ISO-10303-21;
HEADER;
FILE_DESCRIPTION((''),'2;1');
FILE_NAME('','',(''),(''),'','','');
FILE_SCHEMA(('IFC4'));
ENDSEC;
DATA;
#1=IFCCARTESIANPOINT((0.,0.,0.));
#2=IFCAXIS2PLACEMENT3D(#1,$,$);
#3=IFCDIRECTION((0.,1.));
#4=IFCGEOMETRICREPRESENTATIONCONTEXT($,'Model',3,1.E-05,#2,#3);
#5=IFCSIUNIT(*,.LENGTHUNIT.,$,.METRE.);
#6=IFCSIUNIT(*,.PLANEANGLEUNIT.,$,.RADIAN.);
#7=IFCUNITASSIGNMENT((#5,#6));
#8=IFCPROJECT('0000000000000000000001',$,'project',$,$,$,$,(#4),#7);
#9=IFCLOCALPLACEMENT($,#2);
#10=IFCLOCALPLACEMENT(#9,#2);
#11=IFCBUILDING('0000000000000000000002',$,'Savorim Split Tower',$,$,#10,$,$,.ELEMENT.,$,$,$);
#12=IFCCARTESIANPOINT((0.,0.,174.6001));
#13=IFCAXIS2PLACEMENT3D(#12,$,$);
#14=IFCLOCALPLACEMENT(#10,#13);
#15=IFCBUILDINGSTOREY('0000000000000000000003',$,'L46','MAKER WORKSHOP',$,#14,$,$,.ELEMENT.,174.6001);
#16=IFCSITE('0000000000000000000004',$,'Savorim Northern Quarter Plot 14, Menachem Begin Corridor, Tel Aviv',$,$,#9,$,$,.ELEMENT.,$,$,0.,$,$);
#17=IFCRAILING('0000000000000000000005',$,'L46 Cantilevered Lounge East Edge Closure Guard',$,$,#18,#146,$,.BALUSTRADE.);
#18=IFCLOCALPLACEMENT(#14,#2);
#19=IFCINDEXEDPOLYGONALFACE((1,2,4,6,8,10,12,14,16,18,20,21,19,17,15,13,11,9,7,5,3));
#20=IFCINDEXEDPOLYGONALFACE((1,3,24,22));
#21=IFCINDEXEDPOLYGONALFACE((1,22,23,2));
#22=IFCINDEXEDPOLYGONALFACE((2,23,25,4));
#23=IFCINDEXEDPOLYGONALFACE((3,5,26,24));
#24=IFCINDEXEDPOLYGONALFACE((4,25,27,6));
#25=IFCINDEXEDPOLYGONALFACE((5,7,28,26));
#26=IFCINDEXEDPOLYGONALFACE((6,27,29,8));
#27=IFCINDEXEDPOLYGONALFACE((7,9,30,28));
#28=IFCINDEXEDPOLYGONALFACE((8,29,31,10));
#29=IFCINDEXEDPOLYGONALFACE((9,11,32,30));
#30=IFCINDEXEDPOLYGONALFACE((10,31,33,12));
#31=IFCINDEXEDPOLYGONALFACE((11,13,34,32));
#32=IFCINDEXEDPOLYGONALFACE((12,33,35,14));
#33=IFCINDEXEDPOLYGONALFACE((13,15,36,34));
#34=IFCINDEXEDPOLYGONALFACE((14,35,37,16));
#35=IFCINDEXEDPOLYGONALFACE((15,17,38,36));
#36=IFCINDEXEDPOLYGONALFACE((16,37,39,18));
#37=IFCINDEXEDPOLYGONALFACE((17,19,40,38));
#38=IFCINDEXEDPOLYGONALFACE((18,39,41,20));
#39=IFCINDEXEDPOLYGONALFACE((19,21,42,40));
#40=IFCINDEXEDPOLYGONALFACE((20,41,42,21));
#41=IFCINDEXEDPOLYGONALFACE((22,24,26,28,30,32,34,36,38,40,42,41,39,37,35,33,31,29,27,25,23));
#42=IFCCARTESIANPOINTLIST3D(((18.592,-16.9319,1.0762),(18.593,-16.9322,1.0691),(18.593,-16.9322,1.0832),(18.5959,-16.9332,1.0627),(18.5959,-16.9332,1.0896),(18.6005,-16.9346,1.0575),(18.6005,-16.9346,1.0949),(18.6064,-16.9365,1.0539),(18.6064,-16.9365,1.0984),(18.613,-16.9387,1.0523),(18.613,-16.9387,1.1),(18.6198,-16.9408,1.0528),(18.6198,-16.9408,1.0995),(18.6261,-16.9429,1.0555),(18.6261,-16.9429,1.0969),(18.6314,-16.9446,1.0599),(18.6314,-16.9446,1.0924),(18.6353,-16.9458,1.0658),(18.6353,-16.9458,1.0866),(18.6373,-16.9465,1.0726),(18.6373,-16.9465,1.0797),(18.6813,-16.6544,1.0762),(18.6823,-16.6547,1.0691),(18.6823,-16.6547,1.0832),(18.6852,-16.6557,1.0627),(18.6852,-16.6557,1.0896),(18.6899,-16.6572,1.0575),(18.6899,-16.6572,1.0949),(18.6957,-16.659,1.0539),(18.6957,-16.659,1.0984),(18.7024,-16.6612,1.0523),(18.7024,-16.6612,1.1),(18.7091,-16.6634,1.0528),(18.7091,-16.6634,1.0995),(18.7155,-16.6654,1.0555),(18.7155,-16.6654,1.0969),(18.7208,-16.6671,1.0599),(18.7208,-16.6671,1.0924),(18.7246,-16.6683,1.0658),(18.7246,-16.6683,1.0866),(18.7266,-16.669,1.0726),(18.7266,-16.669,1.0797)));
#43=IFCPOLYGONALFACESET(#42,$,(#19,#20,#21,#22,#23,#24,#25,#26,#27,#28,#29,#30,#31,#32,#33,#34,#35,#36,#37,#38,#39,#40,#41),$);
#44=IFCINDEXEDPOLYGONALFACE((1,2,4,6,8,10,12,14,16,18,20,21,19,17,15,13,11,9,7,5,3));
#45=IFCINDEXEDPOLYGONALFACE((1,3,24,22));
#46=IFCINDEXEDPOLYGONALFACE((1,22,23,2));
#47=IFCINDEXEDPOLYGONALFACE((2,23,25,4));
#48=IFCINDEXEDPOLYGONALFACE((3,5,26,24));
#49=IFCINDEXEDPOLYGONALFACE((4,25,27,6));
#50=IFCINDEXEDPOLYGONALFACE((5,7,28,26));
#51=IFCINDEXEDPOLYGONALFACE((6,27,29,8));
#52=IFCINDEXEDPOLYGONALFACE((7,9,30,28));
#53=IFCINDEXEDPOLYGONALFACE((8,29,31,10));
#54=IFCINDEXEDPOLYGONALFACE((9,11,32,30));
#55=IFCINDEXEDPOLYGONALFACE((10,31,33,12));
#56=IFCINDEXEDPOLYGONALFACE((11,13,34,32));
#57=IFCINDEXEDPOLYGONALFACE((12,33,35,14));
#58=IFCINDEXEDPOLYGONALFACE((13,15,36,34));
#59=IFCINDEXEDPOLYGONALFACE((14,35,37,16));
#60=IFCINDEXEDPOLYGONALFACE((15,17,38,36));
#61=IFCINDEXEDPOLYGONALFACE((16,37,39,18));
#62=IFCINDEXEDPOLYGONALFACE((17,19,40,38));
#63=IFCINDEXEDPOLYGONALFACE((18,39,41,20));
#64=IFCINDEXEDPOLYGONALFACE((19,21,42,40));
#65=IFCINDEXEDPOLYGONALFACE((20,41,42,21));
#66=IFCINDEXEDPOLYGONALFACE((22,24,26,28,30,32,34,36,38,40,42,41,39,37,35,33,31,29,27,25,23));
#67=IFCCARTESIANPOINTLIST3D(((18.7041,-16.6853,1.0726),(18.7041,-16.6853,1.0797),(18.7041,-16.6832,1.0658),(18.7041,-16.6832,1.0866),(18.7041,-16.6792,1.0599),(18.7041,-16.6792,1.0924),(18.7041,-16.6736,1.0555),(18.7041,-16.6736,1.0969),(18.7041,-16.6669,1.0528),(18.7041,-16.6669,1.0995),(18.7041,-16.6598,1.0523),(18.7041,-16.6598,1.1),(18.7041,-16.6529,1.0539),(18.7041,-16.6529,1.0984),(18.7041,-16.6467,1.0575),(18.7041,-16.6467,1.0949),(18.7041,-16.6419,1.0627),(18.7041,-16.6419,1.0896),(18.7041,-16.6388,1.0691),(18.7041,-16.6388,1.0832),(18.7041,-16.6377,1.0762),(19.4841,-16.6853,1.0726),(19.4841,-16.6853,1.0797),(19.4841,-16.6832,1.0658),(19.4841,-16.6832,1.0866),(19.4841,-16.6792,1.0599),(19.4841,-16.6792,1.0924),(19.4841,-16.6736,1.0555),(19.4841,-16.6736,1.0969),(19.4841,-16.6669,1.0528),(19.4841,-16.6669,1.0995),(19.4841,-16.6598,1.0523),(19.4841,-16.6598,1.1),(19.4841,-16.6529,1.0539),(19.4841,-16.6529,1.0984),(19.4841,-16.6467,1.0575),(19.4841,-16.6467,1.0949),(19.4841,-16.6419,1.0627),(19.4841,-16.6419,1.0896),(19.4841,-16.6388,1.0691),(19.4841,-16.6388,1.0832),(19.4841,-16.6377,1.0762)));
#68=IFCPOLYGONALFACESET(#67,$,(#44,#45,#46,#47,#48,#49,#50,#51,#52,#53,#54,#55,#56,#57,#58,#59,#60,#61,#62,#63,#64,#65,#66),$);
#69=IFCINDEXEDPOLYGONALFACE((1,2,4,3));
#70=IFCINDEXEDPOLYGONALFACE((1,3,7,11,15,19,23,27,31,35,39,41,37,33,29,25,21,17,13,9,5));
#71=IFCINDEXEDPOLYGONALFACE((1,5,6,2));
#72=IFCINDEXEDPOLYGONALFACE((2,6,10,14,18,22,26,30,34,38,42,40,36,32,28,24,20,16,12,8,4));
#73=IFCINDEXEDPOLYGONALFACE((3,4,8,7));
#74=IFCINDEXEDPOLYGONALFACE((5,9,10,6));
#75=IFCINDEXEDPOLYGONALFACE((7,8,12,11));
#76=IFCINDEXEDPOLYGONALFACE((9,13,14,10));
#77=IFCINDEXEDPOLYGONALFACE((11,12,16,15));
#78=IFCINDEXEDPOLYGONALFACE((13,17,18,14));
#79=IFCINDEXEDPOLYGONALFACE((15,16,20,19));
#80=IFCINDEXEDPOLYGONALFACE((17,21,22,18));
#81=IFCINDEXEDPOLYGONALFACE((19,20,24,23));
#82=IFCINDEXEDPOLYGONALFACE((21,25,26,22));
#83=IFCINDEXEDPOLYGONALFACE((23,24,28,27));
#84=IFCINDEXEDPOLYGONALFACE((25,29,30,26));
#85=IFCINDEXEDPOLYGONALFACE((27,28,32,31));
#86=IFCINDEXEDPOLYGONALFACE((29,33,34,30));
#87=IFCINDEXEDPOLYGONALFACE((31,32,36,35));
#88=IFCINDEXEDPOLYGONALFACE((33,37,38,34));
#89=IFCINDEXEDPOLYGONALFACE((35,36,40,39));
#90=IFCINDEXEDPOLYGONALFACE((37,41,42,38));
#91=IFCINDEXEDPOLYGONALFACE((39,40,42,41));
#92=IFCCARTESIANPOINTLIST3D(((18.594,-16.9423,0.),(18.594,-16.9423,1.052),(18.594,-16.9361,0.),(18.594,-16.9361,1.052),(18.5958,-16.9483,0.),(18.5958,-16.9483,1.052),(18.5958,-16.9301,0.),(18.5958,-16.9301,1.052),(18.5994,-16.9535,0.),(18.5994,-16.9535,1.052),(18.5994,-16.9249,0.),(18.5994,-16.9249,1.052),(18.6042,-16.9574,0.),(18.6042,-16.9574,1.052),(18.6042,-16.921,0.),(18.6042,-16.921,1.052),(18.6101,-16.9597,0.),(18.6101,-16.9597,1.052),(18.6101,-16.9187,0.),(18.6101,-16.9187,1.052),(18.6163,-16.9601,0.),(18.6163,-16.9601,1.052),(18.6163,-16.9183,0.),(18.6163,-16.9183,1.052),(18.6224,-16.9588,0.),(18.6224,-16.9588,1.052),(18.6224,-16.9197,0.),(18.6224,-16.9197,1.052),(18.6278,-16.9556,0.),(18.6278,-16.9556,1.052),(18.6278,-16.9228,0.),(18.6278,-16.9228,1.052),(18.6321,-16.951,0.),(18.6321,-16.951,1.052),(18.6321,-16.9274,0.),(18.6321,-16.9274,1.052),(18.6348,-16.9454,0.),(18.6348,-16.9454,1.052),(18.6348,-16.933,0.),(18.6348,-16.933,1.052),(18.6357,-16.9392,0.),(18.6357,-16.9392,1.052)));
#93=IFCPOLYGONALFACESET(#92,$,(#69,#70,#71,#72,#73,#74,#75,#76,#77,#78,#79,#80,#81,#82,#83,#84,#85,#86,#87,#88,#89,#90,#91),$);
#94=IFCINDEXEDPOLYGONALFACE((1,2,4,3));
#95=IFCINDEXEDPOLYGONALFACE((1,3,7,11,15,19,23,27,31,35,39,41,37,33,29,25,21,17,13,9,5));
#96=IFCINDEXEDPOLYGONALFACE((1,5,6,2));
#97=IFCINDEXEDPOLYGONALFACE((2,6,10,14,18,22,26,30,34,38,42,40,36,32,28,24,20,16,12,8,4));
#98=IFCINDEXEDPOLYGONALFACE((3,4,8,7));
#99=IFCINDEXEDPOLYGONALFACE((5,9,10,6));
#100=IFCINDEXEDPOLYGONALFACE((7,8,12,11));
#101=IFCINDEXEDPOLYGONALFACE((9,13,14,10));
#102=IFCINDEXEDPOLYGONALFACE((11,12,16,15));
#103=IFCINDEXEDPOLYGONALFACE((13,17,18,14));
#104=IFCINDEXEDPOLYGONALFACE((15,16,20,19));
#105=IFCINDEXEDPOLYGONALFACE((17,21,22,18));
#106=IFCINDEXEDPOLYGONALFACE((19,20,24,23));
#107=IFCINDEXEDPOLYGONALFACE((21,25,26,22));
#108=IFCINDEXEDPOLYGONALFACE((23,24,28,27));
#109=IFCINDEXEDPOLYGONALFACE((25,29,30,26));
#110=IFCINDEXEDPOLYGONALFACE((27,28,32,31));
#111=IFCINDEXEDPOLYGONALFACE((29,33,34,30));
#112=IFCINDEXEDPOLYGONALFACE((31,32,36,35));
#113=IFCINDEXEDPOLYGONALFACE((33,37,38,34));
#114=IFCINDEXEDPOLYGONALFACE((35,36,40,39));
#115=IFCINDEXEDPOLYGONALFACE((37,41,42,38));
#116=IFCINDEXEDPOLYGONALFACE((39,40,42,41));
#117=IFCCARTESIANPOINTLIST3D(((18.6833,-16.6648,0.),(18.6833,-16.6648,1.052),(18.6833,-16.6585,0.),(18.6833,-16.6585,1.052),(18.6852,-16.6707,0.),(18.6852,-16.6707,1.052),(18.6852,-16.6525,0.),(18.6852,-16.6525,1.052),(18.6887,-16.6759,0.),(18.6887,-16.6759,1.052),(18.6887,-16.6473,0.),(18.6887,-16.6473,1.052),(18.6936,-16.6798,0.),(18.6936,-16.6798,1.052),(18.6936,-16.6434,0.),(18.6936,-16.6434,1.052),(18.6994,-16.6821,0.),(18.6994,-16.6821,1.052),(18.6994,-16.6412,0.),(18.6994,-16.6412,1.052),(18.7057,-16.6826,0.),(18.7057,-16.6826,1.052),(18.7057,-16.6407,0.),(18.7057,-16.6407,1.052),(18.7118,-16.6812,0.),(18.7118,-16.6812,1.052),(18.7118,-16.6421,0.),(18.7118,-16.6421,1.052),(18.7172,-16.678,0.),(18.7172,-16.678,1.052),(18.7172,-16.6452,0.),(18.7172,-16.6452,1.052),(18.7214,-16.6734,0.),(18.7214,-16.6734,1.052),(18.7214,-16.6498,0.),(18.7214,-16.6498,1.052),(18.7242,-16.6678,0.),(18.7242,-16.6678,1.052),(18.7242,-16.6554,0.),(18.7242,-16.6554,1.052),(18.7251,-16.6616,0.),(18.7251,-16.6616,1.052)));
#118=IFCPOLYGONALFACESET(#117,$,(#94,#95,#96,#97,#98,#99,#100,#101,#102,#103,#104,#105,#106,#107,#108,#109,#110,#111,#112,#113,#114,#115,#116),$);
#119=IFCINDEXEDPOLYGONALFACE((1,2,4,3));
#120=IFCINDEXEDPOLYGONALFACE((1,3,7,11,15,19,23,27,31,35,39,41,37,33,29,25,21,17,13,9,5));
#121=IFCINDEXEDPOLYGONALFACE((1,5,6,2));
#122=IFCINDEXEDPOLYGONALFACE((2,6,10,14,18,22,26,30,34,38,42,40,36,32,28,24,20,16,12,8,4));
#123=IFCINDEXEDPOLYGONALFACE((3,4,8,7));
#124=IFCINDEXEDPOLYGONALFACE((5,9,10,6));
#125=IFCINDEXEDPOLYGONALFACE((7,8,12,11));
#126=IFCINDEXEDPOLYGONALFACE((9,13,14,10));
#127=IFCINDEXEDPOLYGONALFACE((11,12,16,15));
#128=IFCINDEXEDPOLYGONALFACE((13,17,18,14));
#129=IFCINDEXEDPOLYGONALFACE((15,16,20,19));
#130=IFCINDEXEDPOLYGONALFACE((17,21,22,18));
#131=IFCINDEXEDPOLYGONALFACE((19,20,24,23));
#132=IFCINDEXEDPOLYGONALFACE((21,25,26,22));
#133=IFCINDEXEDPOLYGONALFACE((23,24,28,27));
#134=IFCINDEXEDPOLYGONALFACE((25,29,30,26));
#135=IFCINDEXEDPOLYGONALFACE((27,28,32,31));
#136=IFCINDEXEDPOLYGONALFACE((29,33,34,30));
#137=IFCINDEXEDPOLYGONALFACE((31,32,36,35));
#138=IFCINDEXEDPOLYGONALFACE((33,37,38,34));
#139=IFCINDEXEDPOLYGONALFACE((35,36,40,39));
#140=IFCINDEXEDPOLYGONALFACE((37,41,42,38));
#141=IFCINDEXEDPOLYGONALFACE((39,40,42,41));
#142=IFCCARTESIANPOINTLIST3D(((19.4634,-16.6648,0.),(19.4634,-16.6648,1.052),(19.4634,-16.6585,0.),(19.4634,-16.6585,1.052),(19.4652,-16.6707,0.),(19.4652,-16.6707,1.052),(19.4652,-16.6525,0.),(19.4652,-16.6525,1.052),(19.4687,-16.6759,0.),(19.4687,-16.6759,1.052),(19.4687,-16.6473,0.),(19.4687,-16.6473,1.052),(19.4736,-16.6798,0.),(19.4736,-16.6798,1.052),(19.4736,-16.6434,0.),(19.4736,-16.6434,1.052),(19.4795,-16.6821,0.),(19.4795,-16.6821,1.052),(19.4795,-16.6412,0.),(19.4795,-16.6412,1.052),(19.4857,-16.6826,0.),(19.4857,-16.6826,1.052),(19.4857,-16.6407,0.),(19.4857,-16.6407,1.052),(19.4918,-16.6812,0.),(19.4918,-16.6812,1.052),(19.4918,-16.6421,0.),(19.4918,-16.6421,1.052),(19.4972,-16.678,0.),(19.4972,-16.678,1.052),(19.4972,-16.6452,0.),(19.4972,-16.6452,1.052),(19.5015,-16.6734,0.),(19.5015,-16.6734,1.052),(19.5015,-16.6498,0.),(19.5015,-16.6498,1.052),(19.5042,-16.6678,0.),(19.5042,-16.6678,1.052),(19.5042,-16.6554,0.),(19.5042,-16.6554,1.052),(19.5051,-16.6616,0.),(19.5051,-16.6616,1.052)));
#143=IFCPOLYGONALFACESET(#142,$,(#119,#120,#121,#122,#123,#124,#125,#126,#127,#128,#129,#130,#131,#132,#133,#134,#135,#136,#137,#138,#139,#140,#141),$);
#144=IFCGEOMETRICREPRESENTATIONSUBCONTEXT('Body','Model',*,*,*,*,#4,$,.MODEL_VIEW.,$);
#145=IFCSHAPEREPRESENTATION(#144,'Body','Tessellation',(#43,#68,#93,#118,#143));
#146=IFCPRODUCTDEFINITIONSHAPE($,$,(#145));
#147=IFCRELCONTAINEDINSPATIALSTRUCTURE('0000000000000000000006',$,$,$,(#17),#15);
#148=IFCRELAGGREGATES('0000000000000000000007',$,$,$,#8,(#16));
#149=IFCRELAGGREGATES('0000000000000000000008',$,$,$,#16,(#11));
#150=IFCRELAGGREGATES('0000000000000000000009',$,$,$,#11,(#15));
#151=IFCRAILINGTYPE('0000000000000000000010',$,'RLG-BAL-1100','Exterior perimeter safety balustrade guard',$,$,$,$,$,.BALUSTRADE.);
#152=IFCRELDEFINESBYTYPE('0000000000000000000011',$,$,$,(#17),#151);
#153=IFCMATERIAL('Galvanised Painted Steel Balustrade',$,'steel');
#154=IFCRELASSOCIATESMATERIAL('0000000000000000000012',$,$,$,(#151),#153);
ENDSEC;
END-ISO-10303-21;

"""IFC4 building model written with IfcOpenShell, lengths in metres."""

from ifc_helpers import new_model, si_unit, direction, frame, origin, origin_2d, place, context, subcontext, project, spatial, circle, extrude, material, type_object, element, save


model = new_model("IFC4")

# Units and contexts
model_context = context("Model", 3, precision=1e-05, world=origin(), true_north=direction((0.0, 1.0)))
body_context = subcontext(model_context, "Body", "Model", "MODEL_VIEW")
ifc_project = project(units=[si_unit("LENGTHUNIT", "METRE"), si_unit("PLANEANGLEUNIT", "RADIAN")], contexts=[model_context])

# Site, building, storey
site_placement = place(None, origin())
site = spatial("IfcSite", under=ifc_project, at=site_placement, Name="Savorim Northern Quarter Plot 14, Menachem Begin Corridor, Tel Aviv", CompositionType="ELEMENT", RefElevation=0.0)
building_placement = place(site_placement, origin())
building = spatial("IfcBuilding", under=site, at=building_placement, Name="Savorim Split Tower", CompositionType="ELEMENT")
storey_placement = place(building_placement, frame((0.0, 0.0, 174.6001)))
storey = spatial("IfcBuildingStorey", under=building, at=storey_placement, Name="L46", Description="MAKER WORKSHOP", CompositionType="ELEMENT", Elevation=174.6001)

# Railing
ifc_material_1 = material(Name="Galvanised Painted Steel Balustrade", Category="steel")
railing_type = type_object("IfcRailingType", Name="RLG-BAL-1100", Description="Exterior perimeter safety balustrade guard", PredefinedType="BALUSTRADE", material=ifc_material_1)
railing_1_placement = place(storey_placement, frame((18.6147, -16.9392, 0.0)))
element("IfcRailing", 1, at=railing_1_placement, inside=storey, type_object=railing_type, Name="L46 Cantilevered Lounge East Edge Closure Guard", PredefinedType="BALUSTRADE", context=body_context, shape_type="SweptSolid", body=[
    extrude(circle(Radius=0.0239, at=origin_2d()), frame((0.0, 0.0, 1.0762), z_axis=(0.306416, 0.951898, 0.0), x_axis=(-0.951898, 0.306416, 0.0)), (0.0, 0.0, 1.0), 0.2915),
    extrude(circle(Radius=0.0239, at=origin_2d()), frame((0.0894, 0.2776, 1.0762), z_axis=(1.0, 0.0, 0.0), x_axis=(0.0, 1.0, 0.0)), (0.0, 0.0, 1.0), 0.78),
    extrude(circle(Radius=0.021, at=origin_2d()), origin(), (0.0, 0.0, 1.0), 1.052),
    extrude(circle(Radius=0.021, at=origin_2d()), frame((0.0894, 0.2776, 0.0)), (0.0, 0.0, 1.0), 1.052),
    extrude(circle(Radius=0.021, at=origin_2d()), frame((0.8694, 0.2776, 0.0)), (0.0, 0.0, 1.0), 1.052),
])

save(model, "model.ifc")
